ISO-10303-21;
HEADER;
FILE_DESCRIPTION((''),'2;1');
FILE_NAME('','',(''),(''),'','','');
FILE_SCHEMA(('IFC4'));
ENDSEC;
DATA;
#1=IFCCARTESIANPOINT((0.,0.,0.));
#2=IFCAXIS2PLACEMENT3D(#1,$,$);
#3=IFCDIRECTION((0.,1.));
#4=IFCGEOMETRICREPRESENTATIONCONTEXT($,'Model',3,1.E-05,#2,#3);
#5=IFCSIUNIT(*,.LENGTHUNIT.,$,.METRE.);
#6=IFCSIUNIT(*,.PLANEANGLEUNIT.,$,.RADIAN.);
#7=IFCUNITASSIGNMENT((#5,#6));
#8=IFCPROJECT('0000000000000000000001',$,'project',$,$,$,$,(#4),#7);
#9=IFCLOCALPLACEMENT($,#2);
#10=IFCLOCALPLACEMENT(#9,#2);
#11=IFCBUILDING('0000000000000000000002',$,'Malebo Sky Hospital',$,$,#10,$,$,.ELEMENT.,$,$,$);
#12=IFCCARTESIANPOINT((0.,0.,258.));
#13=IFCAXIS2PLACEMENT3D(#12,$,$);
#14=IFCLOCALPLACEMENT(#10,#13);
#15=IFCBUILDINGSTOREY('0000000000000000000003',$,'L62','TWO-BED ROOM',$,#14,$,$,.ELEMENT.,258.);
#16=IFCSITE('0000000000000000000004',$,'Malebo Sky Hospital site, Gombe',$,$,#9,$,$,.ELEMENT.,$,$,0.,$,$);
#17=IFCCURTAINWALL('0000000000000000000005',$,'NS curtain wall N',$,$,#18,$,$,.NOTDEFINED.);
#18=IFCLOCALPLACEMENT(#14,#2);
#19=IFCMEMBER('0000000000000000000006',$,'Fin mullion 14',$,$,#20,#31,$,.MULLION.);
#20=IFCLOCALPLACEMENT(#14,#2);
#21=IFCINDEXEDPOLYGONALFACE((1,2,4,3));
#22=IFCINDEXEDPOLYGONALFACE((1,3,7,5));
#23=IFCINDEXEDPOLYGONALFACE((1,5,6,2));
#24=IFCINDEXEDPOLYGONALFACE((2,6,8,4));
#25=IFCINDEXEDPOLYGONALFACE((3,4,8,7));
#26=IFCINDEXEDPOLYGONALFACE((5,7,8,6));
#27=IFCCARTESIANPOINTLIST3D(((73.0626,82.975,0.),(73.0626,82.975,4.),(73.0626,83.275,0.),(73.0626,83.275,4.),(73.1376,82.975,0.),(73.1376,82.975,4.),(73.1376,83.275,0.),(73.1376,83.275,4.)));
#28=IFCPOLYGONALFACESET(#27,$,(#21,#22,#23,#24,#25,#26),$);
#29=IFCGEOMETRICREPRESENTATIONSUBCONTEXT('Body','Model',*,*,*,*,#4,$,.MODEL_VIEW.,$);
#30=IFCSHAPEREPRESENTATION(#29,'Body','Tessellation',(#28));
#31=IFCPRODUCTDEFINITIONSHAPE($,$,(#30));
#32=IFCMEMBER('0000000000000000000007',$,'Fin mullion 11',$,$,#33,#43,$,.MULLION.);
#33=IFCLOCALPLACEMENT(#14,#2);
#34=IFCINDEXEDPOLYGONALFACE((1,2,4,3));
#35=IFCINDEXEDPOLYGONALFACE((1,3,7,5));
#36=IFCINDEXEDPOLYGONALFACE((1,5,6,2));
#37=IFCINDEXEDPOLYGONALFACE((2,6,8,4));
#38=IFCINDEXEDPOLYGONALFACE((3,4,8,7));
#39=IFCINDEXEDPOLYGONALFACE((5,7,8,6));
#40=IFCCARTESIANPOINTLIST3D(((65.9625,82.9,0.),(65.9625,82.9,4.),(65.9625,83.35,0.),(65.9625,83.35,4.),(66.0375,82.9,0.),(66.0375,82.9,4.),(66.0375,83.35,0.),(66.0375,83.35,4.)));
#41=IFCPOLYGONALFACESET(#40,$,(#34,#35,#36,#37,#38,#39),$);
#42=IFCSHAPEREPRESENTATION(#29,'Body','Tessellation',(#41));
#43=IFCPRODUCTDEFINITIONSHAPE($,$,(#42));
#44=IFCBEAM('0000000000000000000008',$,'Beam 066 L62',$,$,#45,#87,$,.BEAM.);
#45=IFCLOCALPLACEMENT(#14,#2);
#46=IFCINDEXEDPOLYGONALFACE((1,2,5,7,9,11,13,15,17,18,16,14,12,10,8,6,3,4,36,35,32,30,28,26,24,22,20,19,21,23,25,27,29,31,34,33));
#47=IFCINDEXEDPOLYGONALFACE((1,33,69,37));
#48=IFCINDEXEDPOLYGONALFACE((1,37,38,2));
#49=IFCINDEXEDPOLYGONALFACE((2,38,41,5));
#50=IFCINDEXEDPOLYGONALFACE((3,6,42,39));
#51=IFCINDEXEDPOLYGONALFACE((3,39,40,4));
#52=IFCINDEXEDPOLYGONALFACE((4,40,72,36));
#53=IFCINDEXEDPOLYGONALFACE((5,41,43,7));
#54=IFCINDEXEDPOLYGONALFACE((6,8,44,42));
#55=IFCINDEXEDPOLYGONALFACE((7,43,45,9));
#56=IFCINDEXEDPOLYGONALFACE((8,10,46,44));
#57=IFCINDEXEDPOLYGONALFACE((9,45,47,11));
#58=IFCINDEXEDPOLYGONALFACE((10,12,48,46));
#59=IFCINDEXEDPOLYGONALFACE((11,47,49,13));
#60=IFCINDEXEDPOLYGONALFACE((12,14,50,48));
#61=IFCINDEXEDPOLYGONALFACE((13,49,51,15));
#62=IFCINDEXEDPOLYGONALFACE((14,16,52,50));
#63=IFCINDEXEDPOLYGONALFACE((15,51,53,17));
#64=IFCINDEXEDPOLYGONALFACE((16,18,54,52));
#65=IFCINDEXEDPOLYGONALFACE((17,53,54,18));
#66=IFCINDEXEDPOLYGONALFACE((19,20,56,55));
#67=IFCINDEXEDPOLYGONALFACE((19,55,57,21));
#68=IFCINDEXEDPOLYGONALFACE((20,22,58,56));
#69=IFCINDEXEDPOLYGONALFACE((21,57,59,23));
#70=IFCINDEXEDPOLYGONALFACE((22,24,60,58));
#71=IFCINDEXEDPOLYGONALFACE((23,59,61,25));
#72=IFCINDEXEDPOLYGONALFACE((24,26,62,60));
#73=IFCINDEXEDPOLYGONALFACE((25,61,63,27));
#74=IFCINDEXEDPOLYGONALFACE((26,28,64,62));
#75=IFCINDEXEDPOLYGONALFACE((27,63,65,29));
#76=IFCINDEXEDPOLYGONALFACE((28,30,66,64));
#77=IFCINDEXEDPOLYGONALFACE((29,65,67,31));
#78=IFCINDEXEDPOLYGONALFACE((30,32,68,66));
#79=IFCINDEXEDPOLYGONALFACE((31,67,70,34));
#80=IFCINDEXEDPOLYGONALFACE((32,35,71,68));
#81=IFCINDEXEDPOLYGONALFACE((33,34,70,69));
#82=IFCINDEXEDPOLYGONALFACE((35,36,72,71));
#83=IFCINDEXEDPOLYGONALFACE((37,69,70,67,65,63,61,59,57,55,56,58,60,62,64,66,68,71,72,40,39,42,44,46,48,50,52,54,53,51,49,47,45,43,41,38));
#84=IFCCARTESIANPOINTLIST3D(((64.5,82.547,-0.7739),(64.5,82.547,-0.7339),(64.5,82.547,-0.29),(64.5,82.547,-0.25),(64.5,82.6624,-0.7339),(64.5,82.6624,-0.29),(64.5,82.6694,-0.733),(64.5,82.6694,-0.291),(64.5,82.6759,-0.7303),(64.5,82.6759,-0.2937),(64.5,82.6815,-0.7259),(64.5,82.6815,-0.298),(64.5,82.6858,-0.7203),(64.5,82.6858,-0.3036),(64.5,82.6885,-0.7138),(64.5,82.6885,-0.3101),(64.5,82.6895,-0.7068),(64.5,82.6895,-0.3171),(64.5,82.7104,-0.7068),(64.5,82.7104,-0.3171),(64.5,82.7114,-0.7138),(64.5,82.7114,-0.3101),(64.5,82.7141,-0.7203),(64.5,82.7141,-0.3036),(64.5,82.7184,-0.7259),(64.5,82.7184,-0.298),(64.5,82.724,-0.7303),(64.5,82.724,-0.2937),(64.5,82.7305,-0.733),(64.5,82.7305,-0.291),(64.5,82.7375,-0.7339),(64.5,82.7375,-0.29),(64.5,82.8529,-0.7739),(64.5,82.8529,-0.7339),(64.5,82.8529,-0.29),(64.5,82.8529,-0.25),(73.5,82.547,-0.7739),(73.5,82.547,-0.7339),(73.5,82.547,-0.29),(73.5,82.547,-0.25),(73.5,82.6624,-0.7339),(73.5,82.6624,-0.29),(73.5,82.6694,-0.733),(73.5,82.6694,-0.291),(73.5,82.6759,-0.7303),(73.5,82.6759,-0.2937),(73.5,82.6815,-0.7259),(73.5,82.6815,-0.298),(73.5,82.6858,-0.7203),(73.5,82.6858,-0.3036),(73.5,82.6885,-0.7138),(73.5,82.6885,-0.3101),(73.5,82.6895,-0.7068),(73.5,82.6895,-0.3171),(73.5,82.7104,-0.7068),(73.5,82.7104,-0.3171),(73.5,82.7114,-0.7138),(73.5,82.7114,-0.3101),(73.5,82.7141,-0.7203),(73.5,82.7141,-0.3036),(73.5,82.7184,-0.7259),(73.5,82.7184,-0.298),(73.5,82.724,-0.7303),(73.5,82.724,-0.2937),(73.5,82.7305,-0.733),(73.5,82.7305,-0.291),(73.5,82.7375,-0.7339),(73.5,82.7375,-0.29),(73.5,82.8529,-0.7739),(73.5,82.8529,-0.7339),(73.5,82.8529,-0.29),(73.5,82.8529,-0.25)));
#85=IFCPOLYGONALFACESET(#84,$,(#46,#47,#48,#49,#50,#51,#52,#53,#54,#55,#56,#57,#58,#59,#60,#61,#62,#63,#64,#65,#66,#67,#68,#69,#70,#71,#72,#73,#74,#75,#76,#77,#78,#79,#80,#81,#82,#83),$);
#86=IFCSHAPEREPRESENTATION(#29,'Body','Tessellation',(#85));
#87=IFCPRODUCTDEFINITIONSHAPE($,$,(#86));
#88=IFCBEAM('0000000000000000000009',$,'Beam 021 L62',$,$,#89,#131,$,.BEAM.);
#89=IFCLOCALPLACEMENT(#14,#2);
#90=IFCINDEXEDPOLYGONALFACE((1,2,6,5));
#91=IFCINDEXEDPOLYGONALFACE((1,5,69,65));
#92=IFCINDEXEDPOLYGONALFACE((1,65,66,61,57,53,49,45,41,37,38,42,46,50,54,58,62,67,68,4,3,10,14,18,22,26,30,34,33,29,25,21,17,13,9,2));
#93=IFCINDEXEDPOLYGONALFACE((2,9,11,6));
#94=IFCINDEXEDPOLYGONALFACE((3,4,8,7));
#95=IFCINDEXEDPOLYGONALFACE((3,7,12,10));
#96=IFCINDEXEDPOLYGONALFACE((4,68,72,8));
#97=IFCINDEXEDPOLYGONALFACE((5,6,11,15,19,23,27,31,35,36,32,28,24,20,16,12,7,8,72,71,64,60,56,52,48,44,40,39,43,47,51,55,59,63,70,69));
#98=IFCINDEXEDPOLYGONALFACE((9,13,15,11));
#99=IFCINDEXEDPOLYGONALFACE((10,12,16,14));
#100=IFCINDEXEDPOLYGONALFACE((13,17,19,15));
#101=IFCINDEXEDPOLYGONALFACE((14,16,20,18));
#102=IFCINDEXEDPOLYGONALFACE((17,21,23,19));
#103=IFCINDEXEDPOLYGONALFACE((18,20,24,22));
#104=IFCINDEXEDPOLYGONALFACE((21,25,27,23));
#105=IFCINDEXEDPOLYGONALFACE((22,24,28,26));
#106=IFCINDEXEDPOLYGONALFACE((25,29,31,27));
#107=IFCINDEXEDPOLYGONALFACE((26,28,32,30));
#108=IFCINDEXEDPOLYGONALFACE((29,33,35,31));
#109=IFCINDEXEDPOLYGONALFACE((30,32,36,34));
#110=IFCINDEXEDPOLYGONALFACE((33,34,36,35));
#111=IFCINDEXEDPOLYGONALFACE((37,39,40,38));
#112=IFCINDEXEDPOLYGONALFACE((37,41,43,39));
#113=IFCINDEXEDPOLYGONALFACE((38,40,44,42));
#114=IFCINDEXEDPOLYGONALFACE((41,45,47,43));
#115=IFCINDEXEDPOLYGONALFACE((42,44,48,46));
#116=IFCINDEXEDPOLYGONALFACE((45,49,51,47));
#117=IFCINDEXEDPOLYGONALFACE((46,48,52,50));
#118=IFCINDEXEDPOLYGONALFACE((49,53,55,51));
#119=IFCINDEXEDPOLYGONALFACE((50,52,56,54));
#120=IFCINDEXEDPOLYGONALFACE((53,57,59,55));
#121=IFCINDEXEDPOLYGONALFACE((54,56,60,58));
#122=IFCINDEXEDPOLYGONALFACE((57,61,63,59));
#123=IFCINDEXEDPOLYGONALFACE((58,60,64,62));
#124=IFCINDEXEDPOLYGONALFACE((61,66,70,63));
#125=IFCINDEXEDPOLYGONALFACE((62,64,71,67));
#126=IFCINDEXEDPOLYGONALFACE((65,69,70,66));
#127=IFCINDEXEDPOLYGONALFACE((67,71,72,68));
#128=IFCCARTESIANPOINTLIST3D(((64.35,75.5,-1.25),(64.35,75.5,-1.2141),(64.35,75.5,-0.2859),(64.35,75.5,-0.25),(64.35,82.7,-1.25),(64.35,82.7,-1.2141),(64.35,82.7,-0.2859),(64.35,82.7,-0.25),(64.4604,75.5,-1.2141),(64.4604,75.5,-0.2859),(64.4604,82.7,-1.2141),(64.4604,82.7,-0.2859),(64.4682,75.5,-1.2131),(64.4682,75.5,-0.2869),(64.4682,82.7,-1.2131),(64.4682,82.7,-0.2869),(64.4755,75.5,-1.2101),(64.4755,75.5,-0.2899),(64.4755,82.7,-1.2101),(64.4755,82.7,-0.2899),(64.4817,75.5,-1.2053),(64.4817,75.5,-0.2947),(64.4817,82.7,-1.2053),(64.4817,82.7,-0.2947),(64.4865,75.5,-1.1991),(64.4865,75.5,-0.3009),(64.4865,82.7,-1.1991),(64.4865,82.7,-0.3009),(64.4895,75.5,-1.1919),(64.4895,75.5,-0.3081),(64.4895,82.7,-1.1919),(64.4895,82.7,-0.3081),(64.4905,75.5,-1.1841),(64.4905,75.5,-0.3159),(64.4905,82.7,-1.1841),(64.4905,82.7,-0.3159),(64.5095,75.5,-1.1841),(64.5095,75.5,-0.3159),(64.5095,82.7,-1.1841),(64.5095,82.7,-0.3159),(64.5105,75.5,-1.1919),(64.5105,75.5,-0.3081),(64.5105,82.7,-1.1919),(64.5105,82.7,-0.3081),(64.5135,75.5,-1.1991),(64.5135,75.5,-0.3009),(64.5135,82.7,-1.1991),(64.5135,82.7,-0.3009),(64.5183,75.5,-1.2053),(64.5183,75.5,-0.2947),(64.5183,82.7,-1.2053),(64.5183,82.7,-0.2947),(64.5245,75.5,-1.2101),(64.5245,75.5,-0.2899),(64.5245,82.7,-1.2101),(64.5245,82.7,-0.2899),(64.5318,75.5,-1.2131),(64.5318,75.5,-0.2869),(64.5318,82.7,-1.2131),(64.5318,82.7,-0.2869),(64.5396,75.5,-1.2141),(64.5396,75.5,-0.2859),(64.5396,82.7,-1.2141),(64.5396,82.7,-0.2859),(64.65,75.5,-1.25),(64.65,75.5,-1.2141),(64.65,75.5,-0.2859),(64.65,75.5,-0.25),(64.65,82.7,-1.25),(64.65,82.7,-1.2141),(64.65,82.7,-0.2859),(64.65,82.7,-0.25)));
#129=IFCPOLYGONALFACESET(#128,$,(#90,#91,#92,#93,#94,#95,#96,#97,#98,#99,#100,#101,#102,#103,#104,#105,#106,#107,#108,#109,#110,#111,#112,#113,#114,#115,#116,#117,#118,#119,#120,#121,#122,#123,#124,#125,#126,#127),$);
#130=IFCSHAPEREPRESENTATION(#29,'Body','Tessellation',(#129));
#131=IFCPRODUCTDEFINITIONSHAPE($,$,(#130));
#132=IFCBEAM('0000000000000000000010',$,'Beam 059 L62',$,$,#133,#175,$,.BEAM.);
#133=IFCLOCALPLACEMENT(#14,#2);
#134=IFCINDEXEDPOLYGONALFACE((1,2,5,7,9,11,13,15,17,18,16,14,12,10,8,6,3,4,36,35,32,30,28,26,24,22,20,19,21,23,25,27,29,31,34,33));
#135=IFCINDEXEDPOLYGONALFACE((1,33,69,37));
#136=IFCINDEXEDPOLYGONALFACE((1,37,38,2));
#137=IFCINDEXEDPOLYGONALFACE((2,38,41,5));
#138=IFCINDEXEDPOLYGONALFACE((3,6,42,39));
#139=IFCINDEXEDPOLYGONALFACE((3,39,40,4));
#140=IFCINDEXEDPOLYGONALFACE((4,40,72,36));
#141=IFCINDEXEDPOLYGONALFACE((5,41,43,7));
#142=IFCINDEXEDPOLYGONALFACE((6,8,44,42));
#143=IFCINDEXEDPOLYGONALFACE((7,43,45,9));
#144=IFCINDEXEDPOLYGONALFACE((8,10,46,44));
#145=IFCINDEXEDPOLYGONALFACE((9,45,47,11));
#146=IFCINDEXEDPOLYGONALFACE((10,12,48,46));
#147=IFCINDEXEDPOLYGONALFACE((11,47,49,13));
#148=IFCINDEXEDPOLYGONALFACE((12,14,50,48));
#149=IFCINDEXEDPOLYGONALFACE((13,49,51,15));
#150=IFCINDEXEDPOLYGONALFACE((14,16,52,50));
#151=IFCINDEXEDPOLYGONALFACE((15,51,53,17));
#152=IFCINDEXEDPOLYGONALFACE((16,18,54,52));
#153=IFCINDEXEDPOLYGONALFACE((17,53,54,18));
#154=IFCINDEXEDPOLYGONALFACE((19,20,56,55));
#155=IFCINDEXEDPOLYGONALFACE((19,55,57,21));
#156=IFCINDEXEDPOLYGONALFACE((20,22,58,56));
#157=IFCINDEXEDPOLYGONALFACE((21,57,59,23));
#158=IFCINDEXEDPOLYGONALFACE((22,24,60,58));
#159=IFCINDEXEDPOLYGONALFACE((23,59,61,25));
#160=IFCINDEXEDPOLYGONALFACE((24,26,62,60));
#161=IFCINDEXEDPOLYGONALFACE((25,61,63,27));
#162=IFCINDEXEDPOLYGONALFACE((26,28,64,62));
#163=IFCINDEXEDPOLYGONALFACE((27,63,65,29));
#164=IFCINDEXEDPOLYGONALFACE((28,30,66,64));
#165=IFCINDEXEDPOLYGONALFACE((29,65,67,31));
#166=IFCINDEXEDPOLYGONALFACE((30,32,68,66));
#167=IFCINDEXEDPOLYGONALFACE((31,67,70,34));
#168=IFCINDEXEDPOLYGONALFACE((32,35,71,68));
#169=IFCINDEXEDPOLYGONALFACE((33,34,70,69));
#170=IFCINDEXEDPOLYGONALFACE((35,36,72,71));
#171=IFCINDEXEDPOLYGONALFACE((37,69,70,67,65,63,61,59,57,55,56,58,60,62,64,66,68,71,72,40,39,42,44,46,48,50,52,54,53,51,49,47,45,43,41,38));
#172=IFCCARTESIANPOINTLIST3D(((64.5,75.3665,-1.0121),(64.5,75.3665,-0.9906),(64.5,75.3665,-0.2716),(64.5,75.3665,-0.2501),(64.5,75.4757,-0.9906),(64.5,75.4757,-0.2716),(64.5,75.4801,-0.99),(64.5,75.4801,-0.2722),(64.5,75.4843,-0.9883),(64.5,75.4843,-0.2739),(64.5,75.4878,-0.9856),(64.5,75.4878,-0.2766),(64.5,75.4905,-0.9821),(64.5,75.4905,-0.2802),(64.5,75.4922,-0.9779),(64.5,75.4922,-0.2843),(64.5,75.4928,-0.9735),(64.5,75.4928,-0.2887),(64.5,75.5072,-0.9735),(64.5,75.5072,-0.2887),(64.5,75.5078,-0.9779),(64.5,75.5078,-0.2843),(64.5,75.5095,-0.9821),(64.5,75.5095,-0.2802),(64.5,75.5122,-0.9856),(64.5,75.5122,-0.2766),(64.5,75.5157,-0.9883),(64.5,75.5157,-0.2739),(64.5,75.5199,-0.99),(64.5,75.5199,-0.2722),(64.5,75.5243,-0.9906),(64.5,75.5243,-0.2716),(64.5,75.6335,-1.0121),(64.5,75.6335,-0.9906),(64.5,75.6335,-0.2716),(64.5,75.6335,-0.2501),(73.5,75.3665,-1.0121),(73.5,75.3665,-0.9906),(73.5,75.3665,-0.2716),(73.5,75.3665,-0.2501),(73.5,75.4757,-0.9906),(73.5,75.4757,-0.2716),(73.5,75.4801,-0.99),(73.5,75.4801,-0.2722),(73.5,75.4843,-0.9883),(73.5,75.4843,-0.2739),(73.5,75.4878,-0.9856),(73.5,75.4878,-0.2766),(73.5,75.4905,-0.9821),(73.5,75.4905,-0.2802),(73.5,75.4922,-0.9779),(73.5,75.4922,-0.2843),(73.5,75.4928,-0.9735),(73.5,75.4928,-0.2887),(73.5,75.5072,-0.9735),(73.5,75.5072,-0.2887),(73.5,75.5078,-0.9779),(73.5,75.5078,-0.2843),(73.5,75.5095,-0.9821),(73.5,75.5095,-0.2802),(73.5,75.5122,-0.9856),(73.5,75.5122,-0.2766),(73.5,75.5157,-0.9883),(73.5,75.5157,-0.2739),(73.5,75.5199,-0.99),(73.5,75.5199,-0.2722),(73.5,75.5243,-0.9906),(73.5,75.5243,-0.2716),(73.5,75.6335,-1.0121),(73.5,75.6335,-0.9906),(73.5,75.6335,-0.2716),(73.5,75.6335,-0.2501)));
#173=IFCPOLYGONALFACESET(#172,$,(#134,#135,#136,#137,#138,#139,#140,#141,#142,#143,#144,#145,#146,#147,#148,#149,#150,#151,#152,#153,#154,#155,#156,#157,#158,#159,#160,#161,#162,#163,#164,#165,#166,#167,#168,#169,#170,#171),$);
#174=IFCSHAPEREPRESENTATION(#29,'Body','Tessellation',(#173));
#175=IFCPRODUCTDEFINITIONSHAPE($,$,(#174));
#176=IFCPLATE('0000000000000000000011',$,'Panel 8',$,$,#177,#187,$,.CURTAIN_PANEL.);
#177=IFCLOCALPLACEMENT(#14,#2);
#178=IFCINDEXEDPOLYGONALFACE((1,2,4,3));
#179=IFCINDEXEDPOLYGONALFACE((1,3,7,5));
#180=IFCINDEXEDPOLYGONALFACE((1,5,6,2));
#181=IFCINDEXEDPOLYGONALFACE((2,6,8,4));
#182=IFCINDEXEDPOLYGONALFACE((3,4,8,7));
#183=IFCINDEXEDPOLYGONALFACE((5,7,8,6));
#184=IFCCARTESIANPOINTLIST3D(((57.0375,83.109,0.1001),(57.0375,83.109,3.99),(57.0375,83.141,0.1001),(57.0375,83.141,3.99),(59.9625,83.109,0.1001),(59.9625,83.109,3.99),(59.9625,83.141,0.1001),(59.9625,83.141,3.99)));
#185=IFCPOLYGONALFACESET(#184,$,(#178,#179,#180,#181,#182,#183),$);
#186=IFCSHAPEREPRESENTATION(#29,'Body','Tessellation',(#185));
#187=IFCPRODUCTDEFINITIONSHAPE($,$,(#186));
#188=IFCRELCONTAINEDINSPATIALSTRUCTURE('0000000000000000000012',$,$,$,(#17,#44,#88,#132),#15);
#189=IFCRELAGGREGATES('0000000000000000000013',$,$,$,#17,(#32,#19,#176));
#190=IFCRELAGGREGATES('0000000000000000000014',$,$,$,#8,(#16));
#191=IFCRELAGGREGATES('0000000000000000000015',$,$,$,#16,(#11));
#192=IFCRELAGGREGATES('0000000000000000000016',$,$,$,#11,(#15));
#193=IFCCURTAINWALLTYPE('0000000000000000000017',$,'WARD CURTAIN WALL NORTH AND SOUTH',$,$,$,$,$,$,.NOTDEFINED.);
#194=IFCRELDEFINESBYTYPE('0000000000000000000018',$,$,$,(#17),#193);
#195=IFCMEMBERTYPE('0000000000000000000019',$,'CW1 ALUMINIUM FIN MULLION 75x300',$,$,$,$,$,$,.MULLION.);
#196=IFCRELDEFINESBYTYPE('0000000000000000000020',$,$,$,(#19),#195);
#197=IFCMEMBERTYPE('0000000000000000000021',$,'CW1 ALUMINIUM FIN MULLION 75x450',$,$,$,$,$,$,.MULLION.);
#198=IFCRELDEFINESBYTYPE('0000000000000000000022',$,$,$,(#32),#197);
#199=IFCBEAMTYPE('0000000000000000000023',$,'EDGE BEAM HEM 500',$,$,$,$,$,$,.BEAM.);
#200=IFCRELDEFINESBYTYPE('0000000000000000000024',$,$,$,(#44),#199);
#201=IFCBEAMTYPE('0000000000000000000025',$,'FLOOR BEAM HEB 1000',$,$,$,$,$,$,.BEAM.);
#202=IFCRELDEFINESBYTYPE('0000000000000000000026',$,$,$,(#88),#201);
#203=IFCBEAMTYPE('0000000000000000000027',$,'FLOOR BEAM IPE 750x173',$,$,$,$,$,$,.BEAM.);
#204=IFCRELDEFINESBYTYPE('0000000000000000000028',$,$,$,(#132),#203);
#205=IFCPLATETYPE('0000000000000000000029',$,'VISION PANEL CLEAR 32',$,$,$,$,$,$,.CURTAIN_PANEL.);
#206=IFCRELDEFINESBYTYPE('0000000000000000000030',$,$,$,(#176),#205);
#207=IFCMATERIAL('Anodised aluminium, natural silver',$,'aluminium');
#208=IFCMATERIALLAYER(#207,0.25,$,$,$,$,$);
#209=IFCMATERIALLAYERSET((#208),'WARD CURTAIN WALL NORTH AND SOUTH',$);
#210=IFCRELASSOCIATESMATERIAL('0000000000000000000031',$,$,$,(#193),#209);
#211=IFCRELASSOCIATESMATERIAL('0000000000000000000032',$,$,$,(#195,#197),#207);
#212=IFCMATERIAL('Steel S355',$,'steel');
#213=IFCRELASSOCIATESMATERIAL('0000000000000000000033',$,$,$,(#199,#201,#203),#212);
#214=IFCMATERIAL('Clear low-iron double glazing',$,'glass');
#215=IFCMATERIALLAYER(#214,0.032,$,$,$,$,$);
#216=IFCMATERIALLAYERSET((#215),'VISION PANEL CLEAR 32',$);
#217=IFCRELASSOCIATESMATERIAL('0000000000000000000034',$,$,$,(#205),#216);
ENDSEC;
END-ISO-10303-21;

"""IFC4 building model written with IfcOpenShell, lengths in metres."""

from ifc_helpers import new_model, si_unit, direction, frame, origin, origin_2d, place, context, subcontext, project, spatial, rectangle, i_section, extrude, material, layer, layer_set, material_profile, profile_set, type_object, element, aggregate, save


model = new_model("IFC4")

# Units and contexts
model_context = context("Model", 3, precision=1e-05, world=origin(), true_north=direction((0.0, 1.0)))
body_context = subcontext(model_context, "Body", "Model", "MODEL_VIEW")
ifc_project = project(units=[si_unit("LENGTHUNIT", "METRE"), si_unit("PLANEANGLEUNIT", "RADIAN")], contexts=[model_context])

# Site, building, storey
site_placement = place(None, origin())
site = spatial("IfcSite", under=ifc_project, at=site_placement, Name="Malebo Sky Hospital site, Gombe", CompositionType="ELEMENT", RefElevation=0.0)
building_placement = place(site_placement, origin())
building = spatial("IfcBuilding", under=site, at=building_placement, Name="Malebo Sky Hospital", CompositionType="ELEMENT")
storey_placement = place(building_placement, frame((0.0, 0.0, 258.0)))
storey = spatial("IfcBuildingStorey", under=building, at=storey_placement, Name="L62", Description="TWO-BED ROOM", CompositionType="ELEMENT", Elevation=258.0)

# Curtain wall
ifc_material_1 = material(Name="Anodised aluminium, natural silver", Category="aluminium")
ifc_layer_1 = layer(ifc_material_1, 0.25)
ifc_layer_set_1 = layer_set([ifc_layer_1], Name="WARD CURTAIN WALL NORTH AND SOUTH")
curtain_wall_type = type_object("IfcCurtainWallType", Name="WARD CURTAIN WALL NORTH AND SOUTH", PredefinedType="NOTDEFINED", material=ifc_layer_set_1)
curtain_wall_placement = place(storey_placement, origin())
curtain_wall = element("IfcCurtainWall", 1, at=curtain_wall_placement, inside=storey, type_object=curtain_wall_type, Name="NS curtain wall N", PredefinedType="NOTDEFINED")

# Members
ifc_material_2 = material(Name="Steel S355", Category="steel")
ifc_material_profile_1 = material_profile(ifc_material_1, rectangle(XDim=0.075, YDim=0.3, at=origin_2d()), Name="CW1 ALUMINIUM FIN MULLION 75x300")
ifc_profile_set_1 = profile_set([ifc_material_profile_1], Name="Anodised aluminium, natural silver")
member_type_1 = type_object("IfcMemberType", Name="CW1 ALUMINIUM FIN MULLION 75x300", PredefinedType="MULLION", material=ifc_profile_set_1)
member_1_placement = place(storey_placement, frame((73.1001, 83.125, 0.0), z_axis=(0.0, 0.0, 1.0), x_axis=(1.0, 0.0, 0.0)))
member_1 = element("IfcMember", 2, at=member_1_placement, type_object=member_type_1, Name="Fin mullion 14", PredefinedType="MULLION", context=body_context, shape_type="SweptSolid", body=[
    extrude(rectangle(XDim=0.075, YDim=0.3, at=origin_2d()), origin(), (0.0, 0.0, 1.0), 4.0),
])
ifc_material_profile_2 = material_profile(ifc_material_1, rectangle(XDim=0.075, YDim=0.45, at=origin_2d()), Name="CW1 ALUMINIUM FIN MULLION 75x450")
ifc_profile_set_2 = profile_set([ifc_material_profile_2], Name="Anodised aluminium, natural silver")
member_type_2 = type_object("IfcMemberType", Name="CW1 ALUMINIUM FIN MULLION 75x450", PredefinedType="MULLION", material=ifc_profile_set_2)
member_2_placement = place(storey_placement, frame((66.0, 83.125, 0.0), z_axis=(0.0, 0.0, 1.0), x_axis=(1.0, 0.0, 0.0)))
member_2 = element("IfcMember", 3, at=member_2_placement, type_object=member_type_2, Name="Fin mullion 11", PredefinedType="MULLION", context=body_context, shape_type="SweptSolid", body=[
    extrude(rectangle(XDim=0.075, YDim=0.45, at=origin_2d()), origin(), (0.0, 0.0, 1.0), 4.0),
])

# Beams
ifc_material_profile_3 = material_profile(ifc_material_2, i_section(OverallWidth=0.3059, OverallDepth=0.5239, WebThickness=0.021, FlangeThickness=0.04, FilletRadius=0.0271, at=origin_2d()), Name="HEM 500")
ifc_profile_set_3 = profile_set([ifc_material_profile_3], Name="Steel S355")
beam_type_1 = type_object("IfcBeamType", Name="EDGE BEAM HEM 500", PredefinedType="BEAM", material=ifc_profile_set_3)
beam_1_placement = place(storey_placement, frame((64.5, 82.7, -0.512), z_axis=(1.0, 0.0, 0.0), x_axis=(0.0, 1.0, 0.0)))
element("IfcBeam", 4, at=beam_1_placement, inside=storey, type_object=beam_type_1, Name="Beam 066 L62", PredefinedType="BEAM", context=body_context, shape_type="SweptSolid", body=[
    extrude(i_section(OverallWidth=0.3059, OverallDepth=0.5239, WebThickness=0.021, FlangeThickness=0.04, FilletRadius=0.0271, at=origin_2d()), origin(), (0.0, 0.0, 1.0), 9.0),
])
ifc_material_profile_4 = material_profile(ifc_material_2, i_section(OverallWidth=0.3, OverallDepth=1.0, WebThickness=0.019, FlangeThickness=0.0359, FilletRadius=0.03, at=origin_2d()), Name="HEB 1000")
ifc_profile_set_4 = profile_set([ifc_material_profile_4], Name="Steel S355")
beam_type_2 = type_object("IfcBeamType", Name="FLOOR BEAM HEB 1000", PredefinedType="BEAM", material=ifc_profile_set_4)
beam_2_placement = place(storey_placement, frame((64.5, 75.5, -0.75), z_axis=(0.0, 1.0, 0.0), x_axis=(-1.0, 0.0, 0.0)))
element("IfcBeam", 5, at=beam_2_placement, inside=storey, type_object=beam_type_2, Name="Beam 021 L62", PredefinedType="BEAM", context=body_context, shape_type="SweptSolid", body=[
    extrude(i_section(OverallWidth=0.3, OverallDepth=1.0, WebThickness=0.019, FlangeThickness=0.0359, FilletRadius=0.03, at=origin_2d()), origin(), (0.0, 0.0, 1.0), 7.2),
])
ifc_material_profile_5 = material_profile(ifc_material_2, i_section(OverallWidth=0.2671, OverallDepth=0.762, WebThickness=0.0144, FlangeThickness=0.0215, FilletRadius=0.0171, at=origin_2d()), Name="IPE 750x173")
ifc_profile_set_5 = profile_set([ifc_material_profile_5], Name="Steel S355")
beam_type_3 = type_object("IfcBeamType", Name="FLOOR BEAM IPE 750x173", PredefinedType="BEAM", material=ifc_profile_set_5)
beam_3_placement = place(storey_placement, frame((64.5, 75.5, -0.6311), z_axis=(1.0, 0.0, 0.0), x_axis=(0.0, 1.0, 0.0)))
element("IfcBeam", 6, at=beam_3_placement, inside=storey, type_object=beam_type_3, Name="Beam 059 L62", PredefinedType="BEAM", context=body_context, shape_type="SweptSolid", body=[
    extrude(i_section(OverallWidth=0.2671, OverallDepth=0.762, WebThickness=0.0144, FlangeThickness=0.0215, FilletRadius=0.0171, at=origin_2d()), origin(), (0.0, 0.0, 1.0), 9.0),
])

# Plate
ifc_material_3 = material(Name="Clear low-iron double glazing", Category="glass")
ifc_layer_2 = layer(ifc_material_3, 0.032)
ifc_layer_set_2 = layer_set([ifc_layer_2], Name="VISION PANEL CLEAR 32")
plate_type = type_object("IfcPlateType", Name="VISION PANEL CLEAR 32", PredefinedType="CURTAIN_PANEL", material=ifc_layer_set_2)
plate_1_placement = place(storey_placement, frame((58.5, 83.125, 0.1001), z_axis=(0.0, 0.0, 1.0), x_axis=(1.0, 0.0, 0.0)))
plate_1 = element("IfcPlate", 7, at=plate_1_placement, type_object=plate_type, Name="Panel 8", PredefinedType="CURTAIN_PANEL", context=body_context, shape_type="SweptSolid", body=[
    extrude(rectangle(XDim=2.925, YDim=0.032, at=origin_2d()), origin(), (0.0, 0.0, 1.0), 3.8899),
])
aggregate(curtain_wall, [member_2, member_1, plate_1])

save(model, "model.ifc")
